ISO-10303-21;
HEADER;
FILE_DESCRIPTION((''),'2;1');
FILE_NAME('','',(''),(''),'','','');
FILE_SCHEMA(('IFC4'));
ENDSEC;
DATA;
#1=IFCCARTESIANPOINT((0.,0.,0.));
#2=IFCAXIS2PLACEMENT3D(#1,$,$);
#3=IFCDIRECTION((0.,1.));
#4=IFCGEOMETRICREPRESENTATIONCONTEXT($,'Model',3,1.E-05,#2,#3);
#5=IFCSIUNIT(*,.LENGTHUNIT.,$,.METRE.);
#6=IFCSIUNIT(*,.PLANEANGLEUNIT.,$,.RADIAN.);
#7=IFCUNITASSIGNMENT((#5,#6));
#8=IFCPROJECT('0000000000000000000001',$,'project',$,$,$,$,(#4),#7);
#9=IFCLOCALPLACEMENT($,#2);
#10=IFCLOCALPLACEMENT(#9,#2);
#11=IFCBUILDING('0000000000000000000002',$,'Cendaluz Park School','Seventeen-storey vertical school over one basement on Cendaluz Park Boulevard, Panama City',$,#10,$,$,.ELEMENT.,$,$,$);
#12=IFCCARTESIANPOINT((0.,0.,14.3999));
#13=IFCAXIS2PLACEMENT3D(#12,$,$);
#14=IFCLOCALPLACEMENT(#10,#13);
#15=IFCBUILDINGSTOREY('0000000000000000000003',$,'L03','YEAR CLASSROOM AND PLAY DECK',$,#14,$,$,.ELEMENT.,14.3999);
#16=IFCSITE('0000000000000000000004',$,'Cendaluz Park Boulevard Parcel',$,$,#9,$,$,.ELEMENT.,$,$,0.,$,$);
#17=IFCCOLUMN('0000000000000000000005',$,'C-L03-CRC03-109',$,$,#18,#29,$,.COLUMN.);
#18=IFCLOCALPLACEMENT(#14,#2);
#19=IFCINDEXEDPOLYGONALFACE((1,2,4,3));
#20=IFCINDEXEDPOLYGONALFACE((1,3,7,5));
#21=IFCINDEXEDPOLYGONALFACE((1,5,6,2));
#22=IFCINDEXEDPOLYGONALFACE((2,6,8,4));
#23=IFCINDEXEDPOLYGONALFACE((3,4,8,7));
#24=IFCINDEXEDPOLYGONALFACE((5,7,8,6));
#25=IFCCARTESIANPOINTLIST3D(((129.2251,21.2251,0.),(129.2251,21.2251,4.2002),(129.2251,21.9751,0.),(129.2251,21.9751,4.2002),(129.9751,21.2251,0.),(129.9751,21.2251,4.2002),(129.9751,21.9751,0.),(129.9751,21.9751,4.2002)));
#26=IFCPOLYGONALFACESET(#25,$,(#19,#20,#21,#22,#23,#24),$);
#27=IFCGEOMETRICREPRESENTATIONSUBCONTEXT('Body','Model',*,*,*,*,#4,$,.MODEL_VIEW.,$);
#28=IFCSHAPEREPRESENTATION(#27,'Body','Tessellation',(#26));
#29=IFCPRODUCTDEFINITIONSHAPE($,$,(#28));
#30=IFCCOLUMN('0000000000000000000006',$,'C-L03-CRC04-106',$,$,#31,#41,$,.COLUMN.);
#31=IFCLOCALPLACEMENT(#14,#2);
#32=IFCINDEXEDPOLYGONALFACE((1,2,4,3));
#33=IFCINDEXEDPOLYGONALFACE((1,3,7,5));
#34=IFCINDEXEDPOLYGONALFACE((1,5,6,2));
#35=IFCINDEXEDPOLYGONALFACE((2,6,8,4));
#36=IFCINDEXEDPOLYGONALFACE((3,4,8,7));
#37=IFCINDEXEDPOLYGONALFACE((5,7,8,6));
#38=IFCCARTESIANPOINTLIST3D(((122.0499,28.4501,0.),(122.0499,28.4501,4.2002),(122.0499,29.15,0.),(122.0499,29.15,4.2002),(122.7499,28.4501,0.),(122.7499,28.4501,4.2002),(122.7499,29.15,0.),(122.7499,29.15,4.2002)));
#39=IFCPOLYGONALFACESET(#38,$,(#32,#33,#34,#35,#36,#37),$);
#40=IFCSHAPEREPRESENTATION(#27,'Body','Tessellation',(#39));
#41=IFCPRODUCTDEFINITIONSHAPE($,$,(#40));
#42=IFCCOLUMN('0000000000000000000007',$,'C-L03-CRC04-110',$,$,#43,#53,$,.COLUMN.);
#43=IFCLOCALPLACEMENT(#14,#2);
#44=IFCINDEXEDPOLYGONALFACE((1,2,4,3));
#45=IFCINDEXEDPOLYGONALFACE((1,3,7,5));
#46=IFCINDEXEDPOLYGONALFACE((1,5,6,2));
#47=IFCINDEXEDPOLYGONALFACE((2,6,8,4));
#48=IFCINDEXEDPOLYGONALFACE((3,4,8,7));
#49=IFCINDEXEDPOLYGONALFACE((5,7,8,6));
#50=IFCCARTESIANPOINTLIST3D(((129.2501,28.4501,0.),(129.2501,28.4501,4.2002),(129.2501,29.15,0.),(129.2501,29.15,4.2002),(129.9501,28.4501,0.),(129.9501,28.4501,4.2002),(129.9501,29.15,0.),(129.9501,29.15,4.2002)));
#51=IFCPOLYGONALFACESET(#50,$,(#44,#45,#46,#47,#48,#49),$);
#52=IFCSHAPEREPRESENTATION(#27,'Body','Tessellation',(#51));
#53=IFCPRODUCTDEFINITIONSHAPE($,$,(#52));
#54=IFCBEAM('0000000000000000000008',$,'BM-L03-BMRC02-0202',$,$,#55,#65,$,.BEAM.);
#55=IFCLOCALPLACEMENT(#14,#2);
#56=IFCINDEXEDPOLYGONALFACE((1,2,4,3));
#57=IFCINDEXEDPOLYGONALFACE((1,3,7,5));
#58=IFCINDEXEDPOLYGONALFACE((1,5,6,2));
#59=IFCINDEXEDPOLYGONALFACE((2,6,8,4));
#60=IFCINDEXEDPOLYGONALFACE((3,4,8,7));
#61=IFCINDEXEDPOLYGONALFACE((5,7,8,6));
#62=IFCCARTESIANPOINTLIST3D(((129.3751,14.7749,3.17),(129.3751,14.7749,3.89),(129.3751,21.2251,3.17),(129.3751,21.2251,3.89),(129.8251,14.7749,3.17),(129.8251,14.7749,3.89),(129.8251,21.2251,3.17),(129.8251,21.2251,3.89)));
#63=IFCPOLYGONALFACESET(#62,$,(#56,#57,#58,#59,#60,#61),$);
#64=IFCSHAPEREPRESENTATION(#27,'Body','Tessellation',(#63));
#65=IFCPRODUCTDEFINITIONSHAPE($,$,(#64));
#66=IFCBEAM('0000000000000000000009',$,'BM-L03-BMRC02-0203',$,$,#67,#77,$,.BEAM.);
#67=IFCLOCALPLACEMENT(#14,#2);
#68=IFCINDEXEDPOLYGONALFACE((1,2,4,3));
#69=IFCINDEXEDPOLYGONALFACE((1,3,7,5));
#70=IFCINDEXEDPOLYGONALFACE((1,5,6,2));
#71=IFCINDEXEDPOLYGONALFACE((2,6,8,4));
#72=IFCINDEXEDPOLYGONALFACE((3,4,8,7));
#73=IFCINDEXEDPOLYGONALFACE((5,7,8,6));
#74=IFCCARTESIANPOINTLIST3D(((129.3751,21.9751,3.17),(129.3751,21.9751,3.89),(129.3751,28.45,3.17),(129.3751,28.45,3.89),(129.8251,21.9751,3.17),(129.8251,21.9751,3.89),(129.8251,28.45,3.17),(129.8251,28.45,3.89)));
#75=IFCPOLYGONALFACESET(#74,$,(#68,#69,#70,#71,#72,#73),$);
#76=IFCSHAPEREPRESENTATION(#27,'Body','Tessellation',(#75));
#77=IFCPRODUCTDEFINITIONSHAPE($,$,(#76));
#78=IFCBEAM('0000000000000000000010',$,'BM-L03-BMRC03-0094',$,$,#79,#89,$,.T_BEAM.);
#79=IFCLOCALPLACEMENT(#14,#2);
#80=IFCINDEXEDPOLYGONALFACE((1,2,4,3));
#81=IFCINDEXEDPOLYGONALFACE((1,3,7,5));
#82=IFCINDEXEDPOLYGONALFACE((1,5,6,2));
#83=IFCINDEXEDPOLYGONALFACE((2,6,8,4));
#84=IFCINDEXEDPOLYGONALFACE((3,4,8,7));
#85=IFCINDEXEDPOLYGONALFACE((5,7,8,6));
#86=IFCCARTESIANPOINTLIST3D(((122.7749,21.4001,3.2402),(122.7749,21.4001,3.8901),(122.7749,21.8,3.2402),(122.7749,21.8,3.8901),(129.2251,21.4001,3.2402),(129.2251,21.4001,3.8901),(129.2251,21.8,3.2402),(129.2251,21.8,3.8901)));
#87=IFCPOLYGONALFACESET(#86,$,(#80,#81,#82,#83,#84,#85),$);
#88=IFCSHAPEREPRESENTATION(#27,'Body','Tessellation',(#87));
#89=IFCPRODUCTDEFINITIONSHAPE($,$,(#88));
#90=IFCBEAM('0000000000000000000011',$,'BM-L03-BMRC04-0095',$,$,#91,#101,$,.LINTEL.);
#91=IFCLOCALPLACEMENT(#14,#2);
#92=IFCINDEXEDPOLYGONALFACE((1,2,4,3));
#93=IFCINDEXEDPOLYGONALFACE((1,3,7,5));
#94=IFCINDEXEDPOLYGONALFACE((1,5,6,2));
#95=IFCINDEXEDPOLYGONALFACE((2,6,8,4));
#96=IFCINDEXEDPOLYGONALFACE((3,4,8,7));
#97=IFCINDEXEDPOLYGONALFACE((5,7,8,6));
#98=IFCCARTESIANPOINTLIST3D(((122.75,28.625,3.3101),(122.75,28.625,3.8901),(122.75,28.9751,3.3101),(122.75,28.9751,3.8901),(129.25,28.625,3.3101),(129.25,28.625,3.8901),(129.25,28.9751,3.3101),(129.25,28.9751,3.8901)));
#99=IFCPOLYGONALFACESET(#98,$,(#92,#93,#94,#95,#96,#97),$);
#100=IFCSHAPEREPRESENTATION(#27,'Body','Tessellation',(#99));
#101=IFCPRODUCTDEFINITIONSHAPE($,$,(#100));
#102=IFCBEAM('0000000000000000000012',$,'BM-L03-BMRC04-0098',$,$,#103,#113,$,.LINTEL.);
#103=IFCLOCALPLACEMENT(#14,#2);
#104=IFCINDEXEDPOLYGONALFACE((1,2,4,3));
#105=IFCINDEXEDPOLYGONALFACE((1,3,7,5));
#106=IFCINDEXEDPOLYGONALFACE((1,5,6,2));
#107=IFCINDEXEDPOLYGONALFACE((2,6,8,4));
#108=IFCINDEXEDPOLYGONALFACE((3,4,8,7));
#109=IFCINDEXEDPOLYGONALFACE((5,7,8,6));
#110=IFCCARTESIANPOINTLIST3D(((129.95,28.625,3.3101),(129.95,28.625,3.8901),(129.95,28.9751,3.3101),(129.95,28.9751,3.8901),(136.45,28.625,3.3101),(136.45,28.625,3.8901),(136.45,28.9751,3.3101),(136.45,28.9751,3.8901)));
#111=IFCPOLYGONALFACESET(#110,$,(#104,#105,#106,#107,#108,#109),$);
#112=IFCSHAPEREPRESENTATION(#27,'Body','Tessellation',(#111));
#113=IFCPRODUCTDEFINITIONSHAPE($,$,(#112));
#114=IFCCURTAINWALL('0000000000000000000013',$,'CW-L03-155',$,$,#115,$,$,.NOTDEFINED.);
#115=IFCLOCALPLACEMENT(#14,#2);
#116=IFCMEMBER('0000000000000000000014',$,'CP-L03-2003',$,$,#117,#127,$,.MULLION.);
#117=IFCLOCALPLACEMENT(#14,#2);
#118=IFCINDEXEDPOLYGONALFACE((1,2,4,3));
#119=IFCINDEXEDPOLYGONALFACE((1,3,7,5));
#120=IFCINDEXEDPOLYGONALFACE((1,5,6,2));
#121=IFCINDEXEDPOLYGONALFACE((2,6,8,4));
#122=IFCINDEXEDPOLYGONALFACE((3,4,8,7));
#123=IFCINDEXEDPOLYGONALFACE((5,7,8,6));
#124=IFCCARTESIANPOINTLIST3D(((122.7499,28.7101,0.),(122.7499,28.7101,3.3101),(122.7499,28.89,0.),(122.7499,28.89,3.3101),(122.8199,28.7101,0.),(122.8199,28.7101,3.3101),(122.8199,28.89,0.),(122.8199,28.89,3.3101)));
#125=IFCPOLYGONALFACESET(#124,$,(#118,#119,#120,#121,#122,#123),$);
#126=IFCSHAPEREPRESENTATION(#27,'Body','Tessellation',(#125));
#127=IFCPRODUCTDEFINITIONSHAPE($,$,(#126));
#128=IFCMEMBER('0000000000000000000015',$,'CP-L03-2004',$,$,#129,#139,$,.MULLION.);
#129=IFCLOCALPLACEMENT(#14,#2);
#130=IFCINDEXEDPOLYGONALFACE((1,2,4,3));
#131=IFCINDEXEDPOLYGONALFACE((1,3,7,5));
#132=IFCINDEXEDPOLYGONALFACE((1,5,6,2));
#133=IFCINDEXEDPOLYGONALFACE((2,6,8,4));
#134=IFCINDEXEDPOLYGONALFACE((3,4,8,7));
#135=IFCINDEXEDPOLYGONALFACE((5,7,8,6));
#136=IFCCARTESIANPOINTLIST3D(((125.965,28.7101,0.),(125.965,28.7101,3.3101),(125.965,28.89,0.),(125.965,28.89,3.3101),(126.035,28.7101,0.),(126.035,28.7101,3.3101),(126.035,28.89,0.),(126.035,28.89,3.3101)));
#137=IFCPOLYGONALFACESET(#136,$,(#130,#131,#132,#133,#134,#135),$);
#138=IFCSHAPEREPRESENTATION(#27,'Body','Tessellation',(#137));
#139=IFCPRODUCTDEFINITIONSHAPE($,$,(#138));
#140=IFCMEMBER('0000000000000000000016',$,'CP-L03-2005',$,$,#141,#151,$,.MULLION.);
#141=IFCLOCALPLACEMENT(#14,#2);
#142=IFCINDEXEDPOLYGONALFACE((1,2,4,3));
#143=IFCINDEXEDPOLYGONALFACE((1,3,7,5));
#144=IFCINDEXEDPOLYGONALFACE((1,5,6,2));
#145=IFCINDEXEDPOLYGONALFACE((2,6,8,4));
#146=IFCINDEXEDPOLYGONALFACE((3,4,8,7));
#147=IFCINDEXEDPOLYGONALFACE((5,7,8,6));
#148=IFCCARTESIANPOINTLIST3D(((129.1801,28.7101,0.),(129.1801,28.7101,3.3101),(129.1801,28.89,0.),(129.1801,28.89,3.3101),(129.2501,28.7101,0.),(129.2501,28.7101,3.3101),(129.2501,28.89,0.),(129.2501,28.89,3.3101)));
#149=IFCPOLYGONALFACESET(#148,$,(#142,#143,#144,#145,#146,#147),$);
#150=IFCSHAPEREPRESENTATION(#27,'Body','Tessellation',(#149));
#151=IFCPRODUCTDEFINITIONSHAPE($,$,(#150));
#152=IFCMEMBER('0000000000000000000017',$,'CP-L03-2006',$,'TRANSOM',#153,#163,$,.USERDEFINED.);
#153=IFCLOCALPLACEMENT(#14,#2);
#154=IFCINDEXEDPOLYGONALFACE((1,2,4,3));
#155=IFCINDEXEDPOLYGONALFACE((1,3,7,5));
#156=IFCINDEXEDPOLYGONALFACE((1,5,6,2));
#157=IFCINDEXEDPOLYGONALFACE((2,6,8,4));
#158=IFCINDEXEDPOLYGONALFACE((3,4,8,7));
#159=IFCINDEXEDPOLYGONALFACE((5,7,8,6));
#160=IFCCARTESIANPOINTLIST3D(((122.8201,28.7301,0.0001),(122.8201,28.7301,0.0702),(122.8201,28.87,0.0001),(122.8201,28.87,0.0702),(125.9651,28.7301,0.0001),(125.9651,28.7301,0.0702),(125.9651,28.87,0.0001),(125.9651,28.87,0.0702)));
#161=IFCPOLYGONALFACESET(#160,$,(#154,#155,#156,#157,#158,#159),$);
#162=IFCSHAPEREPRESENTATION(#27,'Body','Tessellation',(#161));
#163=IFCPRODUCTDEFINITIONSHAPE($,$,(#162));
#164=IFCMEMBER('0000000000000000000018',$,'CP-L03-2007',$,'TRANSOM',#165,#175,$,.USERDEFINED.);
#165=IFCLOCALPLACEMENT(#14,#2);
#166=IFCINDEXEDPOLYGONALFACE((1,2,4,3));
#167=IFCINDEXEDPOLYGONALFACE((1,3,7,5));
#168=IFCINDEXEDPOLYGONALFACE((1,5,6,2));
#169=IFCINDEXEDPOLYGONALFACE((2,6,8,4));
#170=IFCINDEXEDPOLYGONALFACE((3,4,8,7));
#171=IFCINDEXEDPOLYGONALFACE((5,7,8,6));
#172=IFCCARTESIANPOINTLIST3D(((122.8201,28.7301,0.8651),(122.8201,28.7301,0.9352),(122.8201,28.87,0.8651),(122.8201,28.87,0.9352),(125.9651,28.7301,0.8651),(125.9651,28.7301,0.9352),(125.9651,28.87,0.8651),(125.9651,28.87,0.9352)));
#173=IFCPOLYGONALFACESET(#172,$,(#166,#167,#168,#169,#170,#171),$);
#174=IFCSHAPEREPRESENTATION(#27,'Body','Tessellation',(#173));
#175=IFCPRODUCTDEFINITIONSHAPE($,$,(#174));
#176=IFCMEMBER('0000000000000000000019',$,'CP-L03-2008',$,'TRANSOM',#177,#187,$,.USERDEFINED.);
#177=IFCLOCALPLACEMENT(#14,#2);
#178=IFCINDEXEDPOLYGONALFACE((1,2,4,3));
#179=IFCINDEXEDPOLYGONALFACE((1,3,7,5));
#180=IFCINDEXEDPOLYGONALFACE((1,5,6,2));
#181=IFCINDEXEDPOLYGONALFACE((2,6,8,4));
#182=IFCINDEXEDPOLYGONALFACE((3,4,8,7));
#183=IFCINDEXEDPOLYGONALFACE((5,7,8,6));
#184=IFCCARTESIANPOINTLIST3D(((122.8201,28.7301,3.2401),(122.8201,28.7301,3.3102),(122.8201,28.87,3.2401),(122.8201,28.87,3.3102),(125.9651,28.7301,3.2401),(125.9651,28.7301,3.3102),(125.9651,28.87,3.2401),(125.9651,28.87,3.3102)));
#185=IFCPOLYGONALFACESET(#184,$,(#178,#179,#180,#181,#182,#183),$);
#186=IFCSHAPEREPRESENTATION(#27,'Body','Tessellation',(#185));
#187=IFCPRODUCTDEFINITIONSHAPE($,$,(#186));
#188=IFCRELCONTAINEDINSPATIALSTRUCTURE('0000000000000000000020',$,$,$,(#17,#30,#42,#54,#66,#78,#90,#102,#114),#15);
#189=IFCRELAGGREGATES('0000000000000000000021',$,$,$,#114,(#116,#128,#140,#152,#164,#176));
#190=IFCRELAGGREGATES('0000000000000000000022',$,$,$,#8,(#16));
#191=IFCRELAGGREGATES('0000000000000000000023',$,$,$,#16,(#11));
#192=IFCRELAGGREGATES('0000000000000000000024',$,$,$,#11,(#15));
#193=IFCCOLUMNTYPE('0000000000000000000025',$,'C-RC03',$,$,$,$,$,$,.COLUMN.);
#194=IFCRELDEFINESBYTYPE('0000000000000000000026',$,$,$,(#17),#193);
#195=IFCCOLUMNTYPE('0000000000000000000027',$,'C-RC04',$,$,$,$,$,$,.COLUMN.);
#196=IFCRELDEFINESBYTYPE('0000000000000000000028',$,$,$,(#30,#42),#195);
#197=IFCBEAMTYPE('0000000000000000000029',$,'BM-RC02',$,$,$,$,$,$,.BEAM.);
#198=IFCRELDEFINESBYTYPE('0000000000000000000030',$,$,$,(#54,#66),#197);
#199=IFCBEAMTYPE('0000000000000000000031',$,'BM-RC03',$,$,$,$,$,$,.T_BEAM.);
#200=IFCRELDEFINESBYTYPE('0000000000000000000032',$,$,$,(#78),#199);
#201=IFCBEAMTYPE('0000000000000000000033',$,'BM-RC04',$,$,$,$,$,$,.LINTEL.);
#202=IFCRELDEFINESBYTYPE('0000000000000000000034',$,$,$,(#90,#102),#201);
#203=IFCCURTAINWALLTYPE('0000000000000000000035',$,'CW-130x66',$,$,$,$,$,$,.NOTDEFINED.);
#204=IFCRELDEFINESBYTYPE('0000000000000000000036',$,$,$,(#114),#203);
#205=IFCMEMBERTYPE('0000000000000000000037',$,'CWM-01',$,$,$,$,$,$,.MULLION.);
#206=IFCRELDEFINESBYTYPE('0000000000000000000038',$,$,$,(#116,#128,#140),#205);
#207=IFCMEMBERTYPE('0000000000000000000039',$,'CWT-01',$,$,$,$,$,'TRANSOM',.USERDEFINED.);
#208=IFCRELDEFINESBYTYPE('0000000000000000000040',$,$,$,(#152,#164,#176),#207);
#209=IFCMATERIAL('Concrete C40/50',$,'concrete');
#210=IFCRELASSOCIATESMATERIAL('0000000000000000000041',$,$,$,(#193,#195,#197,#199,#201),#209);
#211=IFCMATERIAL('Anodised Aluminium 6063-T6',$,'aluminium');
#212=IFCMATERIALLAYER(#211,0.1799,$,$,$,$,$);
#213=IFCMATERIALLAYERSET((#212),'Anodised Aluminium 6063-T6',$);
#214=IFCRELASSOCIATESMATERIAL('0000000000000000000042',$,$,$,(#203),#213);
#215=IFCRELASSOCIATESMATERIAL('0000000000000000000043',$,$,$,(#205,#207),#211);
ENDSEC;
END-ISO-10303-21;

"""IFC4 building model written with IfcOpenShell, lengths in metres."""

from ifc_helpers import new_model, si_unit, direction, frame, origin, origin_2d, place, context, subcontext, project, spatial, rectangle, extrude, material, layer, layer_set, material_profile, profile_set, type_object, element, aggregate, save


model = new_model("IFC4")

# Units and contexts
model_context = context("Model", 3, precision=1e-05, world=origin(), true_north=direction((0.0, 1.0)))
body_context = subcontext(model_context, "Body", "Model", "MODEL_VIEW")
ifc_project = project(units=[si_unit("LENGTHUNIT", "METRE"), si_unit("PLANEANGLEUNIT", "RADIAN")], contexts=[model_context])

# Site, building, storey
site_placement = place(None, origin())
site = spatial("IfcSite", under=ifc_project, at=site_placement, Name="Cendaluz Park Boulevard Parcel", CompositionType="ELEMENT", RefElevation=0.0)
building_placement = place(site_placement, origin())
building = spatial("IfcBuilding", under=site, at=building_placement, Name="Cendaluz Park School", Description="Seventeen-storey vertical school over one basement on Cendaluz Park Boulevard, Panama City", CompositionType="ELEMENT")
storey_placement = place(building_placement, frame((0.0, 0.0, 14.3999)))
storey = spatial("IfcBuildingStorey", under=building, at=storey_placement, Name="L03", Description="YEAR CLASSROOM AND PLAY DECK", CompositionType="ELEMENT", Elevation=14.3999)

# Columns
ifc_material_1 = material(Name="Concrete C40/50", Category="concrete")
ifc_material_profile_1 = material_profile(ifc_material_1, rectangle(XDim=0.75, YDim=0.75, at=origin_2d()), Name="RC 750x750", Category="concrete")
ifc_profile_set_1 = profile_set([ifc_material_profile_1], Name="Concrete C40/50")
column_type_1 = type_object("IfcColumnType", Name="C-RC03", PredefinedType="COLUMN", material=ifc_profile_set_1)
column_placement = place(storey_placement, frame((129.6001, 21.6001, 0.0), z_axis=(0.0, 0.0, 1.0), x_axis=(1.0, 0.0, 0.0)))
element("IfcColumn", 1, at=column_placement, inside=storey, type_object=column_type_1, Name="C-L03-CRC03-109", PredefinedType="COLUMN", context=body_context, shape_type="SweptSolid", body=[
    extrude(rectangle(XDim=0.75, YDim=0.75, at=origin_2d()), origin(), (0.0, 0.0, 1.0), 4.2002),
])
ifc_material_profile_2 = material_profile(ifc_material_1, rectangle(XDim=0.7, YDim=0.7, at=origin_2d()), Name="RC 700x700", Category="concrete")
ifc_profile_set_2 = profile_set([ifc_material_profile_2], Name="Concrete C40/50")
column_type_2 = type_object("IfcColumnType", Name="C-RC04", PredefinedType="COLUMN", material=ifc_profile_set_2)
for number, where, z_axis, x_axis, name in (
    (2, (122.3999, 28.8, 0.0), (0.0, 0.0, 1.0), (1.0, 0.0, 0.0), "C-L03-CRC04-106"),
    (3, (129.6001, 28.8, 0.0), (0.0, 0.0, 1.0), (1.0, 0.0, 0.0), "C-L03-CRC04-110"),
):
    element("IfcColumn", number, at=place(storey_placement, frame(where, z_axis=z_axis, x_axis=x_axis)), inside=storey, type_object=column_type_2, Name=name, PredefinedType="COLUMN", context=body_context, shape_type="SweptSolid", body=[
        extrude(rectangle(XDim=0.7, YDim=0.7, at=origin_2d()), origin(), (0.0, 0.0, 1.0), 4.2002),
    ])

# Beams
ifc_material_profile_3 = material_profile(ifc_material_1, rectangle(XDim=0.45, YDim=0.72, at=origin_2d()), Name="RC 450x720", Category="concrete")
ifc_profile_set_3 = profile_set([ifc_material_profile_3], Name="Concrete C40/50")
beam_type_1 = type_object("IfcBeamType", Name="BM-RC02", PredefinedType="BEAM", material=ifc_profile_set_3)
beam_1_placement = place(storey_placement, frame((129.6001, 14.7749, 3.53), z_axis=(0.0, 1.0, 0.0), x_axis=(-1.0, 0.0, 0.0)))
element("IfcBeam", 4, at=beam_1_placement, inside=storey, type_object=beam_type_1, Name="BM-L03-BMRC02-0202", PredefinedType="BEAM", context=body_context, shape_type="SweptSolid", body=[
    extrude(rectangle(XDim=0.45, YDim=0.72, at=origin_2d()), origin(), (0.0, 0.0, 1.0), 6.4502),
])
beam_2_placement = place(storey_placement, frame((129.6001, 21.9751, 3.53), z_axis=(0.0, 1.0, 0.0), x_axis=(-1.0, 0.0, 0.0)))
element("IfcBeam", 5, at=beam_2_placement, inside=storey, type_object=beam_type_1, Name="BM-L03-BMRC02-0203", PredefinedType="BEAM", context=body_context, shape_type="SweptSolid", body=[
    extrude(rectangle(XDim=0.45, YDim=0.72, at=origin_2d()), origin(), (0.0, 0.0, 1.0), 6.4749),
])
ifc_material_profile_4 = material_profile(ifc_material_1, rectangle(XDim=0.3999, YDim=0.6499, at=origin_2d()), Name="RC 400x650", Category="concrete")
ifc_profile_set_4 = profile_set([ifc_material_profile_4], Name="Concrete C40/50")
beam_type_2 = type_object("IfcBeamType", Name="BM-RC03", PredefinedType="T_BEAM", material=ifc_profile_set_4)
beam_3_placement = place(storey_placement, frame((122.7749, 21.6001, 3.5652), z_axis=(1.0, 0.0, 0.0), x_axis=(0.0, 1.0, 0.0)))
element("IfcBeam", 6, at=beam_3_placement, inside=storey, type_object=beam_type_2, Name="BM-L03-BMRC03-0094", PredefinedType="T_BEAM", context=body_context, shape_type="SweptSolid", body=[
    extrude(rectangle(XDim=0.3999, YDim=0.6499, at=origin_2d()), origin(), (0.0, 0.0, 1.0), 6.4502),
])
ifc_material_profile_5 = material_profile(ifc_material_1, rectangle(XDim=0.3501, YDim=0.5801, at=origin_2d()), Name="RC 350x580", Category="concrete")
ifc_profile_set_5 = profile_set([ifc_material_profile_5], Name="Concrete C40/50")
beam_type_3 = type_object("IfcBeamType", Name="BM-RC04", PredefinedType="LINTEL", material=ifc_profile_set_5)
for number, where, z_axis, x_axis, name in (
    (7, (122.75, 28.8, 3.6001), (1.0, 0.0, 0.0), (0.0, 1.0, 0.0), "BM-L03-BMRC04-0095"),
    (8, (129.95, 28.8, 3.6001), (1.0, 0.0, 0.0), (0.0, 1.0, 0.0), "BM-L03-BMRC04-0098"),
):
    element("IfcBeam", number, at=place(storey_placement, frame(where, z_axis=z_axis, x_axis=x_axis)), inside=storey, type_object=beam_type_3, Name=name, PredefinedType="LINTEL", context=body_context, shape_type="SweptSolid", body=[
        extrude(rectangle(XDim=0.3501, YDim=0.5801, at=origin_2d()), origin(), (0.0, 0.0, 1.0), 6.5),
    ])

# Curtain wall, members
ifc_material_2 = material(Name="Anodised Aluminium 6063-T6", Category="aluminium")
ifc_layer_1 = layer(ifc_material_2, 0.1799)
ifc_layer_set_1 = layer_set([ifc_layer_1], Name="Anodised Aluminium 6063-T6")
curtain_wall_type = type_object("IfcCurtainWallType", Name="CW-130x66", PredefinedType="NOTDEFINED", material=ifc_layer_set_1)
curtain_wall_placement = place(storey_placement, origin())
curtain_wall = element("IfcCurtainWall", 9, at=curtain_wall_placement, inside=storey, type_object=curtain_wall_type, Name="CW-L03-155", PredefinedType="NOTDEFINED")
ifc_material_profile_6 = material_profile(ifc_material_2, rectangle(XDim=0.1799, YDim=0.0701, at=origin_2d()), Name="CWM 180x70", Category="aluminium")
ifc_profile_set_6 = profile_set([ifc_material_profile_6], Name="Anodised Aluminium 6063-T6")
member_type_1 = type_object("IfcMemberType", Name="CWM-01", PredefinedType="MULLION", material=ifc_profile_set_6)
member_1_placement = place(storey_placement, frame((122.7849, 28.8, 0.0), z_axis=(0.0, 0.0, 1.0), x_axis=(0.0, 1.0, 0.0)))
member_1 = element("IfcMember", 10, at=member_1_placement, type_object=member_type_1, Name="CP-L03-2003", PredefinedType="MULLION", context=body_context, shape_type="SweptSolid", body=[
    extrude(rectangle(XDim=0.1799, YDim=0.0701, at=origin_2d()), origin(), (0.0, 0.0, 1.0), 3.3101),
])
member_2_placement = place(storey_placement, frame((126.0, 28.8, 0.0), z_axis=(0.0, 0.0, 1.0), x_axis=(0.0, 1.0, 0.0)))
member_2 = element("IfcMember", 11, at=member_2_placement, type_object=member_type_1, Name="CP-L03-2004", PredefinedType="MULLION", context=body_context, shape_type="SweptSolid", body=[
    extrude(rectangle(XDim=0.1799, YDim=0.0701, at=origin_2d()), origin(), (0.0, 0.0, 1.0), 3.3101),
])
member_3_placement = place(storey_placement, frame((129.2151, 28.8, 0.0), z_axis=(0.0, 0.0, 1.0), x_axis=(0.0, 1.0, 0.0)))
member_3 = element("IfcMember", 12, at=member_3_placement, type_object=member_type_1, Name="CP-L03-2005", PredefinedType="MULLION", context=body_context, shape_type="SweptSolid", body=[
    extrude(rectangle(XDim=0.1799, YDim=0.0701, at=origin_2d()), origin(), (0.0, 0.0, 1.0), 3.3101),
])
ifc_material_profile_7 = material_profile(ifc_material_2, rectangle(XDim=0.1399, YDim=0.0701, at=origin_2d()), Name="CWT 140x70", Category="aluminium")
ifc_profile_set_7 = profile_set([ifc_material_profile_7], Name="Anodised Aluminium 6063-T6")
member_type_2 = type_object("IfcMemberType", Name="CWT-01", ElementType="TRANSOM", PredefinedType="USERDEFINED", material=ifc_profile_set_7)
member_4_placement = place(storey_placement, frame((122.8201, 28.8, 0.0352), z_axis=(1.0, 0.0, 0.0), x_axis=(0.0, 1.0, 0.0)))
member_4 = element("IfcMember", 13, at=member_4_placement, type_object=member_type_2, Name="CP-L03-2006", ObjectType="TRANSOM", PredefinedType="USERDEFINED", context=body_context, shape_type="SweptSolid", body=[
    extrude(rectangle(XDim=0.1399, YDim=0.0701, at=origin_2d()), origin(), (0.0, 0.0, 1.0), 3.145),
])
member_5_placement = place(storey_placement, frame((122.8201, 28.8, 0.9001), z_axis=(1.0, 0.0, 0.0), x_axis=(0.0, 1.0, 0.0)))
member_5 = element("IfcMember", 14, at=member_5_placement, type_object=member_type_2, Name="CP-L03-2007", ObjectType="TRANSOM", PredefinedType="USERDEFINED", context=body_context, shape_type="SweptSolid", body=[
    extrude(rectangle(XDim=0.1399, YDim=0.0701, at=origin_2d()), origin(), (0.0, 0.0, 1.0), 3.145),
])
member_6_placement = place(storey_placement, frame((122.8201, 28.8, 3.2751), z_axis=(1.0, 0.0, 0.0), x_axis=(0.0, 1.0, 0.0)))
member_6 = element("IfcMember", 15, at=member_6_placement, type_object=member_type_2, Name="CP-L03-2008", ObjectType="TRANSOM", PredefinedType="USERDEFINED", context=body_context, shape_type="SweptSolid", body=[
    extrude(rectangle(XDim=0.1399, YDim=0.0701, at=origin_2d()), origin(), (0.0, 0.0, 1.0), 3.145),
])
aggregate(curtain_wall, [member_1, member_2, member_3, member_4, member_5, member_6])

save(model, "model.ifc")
